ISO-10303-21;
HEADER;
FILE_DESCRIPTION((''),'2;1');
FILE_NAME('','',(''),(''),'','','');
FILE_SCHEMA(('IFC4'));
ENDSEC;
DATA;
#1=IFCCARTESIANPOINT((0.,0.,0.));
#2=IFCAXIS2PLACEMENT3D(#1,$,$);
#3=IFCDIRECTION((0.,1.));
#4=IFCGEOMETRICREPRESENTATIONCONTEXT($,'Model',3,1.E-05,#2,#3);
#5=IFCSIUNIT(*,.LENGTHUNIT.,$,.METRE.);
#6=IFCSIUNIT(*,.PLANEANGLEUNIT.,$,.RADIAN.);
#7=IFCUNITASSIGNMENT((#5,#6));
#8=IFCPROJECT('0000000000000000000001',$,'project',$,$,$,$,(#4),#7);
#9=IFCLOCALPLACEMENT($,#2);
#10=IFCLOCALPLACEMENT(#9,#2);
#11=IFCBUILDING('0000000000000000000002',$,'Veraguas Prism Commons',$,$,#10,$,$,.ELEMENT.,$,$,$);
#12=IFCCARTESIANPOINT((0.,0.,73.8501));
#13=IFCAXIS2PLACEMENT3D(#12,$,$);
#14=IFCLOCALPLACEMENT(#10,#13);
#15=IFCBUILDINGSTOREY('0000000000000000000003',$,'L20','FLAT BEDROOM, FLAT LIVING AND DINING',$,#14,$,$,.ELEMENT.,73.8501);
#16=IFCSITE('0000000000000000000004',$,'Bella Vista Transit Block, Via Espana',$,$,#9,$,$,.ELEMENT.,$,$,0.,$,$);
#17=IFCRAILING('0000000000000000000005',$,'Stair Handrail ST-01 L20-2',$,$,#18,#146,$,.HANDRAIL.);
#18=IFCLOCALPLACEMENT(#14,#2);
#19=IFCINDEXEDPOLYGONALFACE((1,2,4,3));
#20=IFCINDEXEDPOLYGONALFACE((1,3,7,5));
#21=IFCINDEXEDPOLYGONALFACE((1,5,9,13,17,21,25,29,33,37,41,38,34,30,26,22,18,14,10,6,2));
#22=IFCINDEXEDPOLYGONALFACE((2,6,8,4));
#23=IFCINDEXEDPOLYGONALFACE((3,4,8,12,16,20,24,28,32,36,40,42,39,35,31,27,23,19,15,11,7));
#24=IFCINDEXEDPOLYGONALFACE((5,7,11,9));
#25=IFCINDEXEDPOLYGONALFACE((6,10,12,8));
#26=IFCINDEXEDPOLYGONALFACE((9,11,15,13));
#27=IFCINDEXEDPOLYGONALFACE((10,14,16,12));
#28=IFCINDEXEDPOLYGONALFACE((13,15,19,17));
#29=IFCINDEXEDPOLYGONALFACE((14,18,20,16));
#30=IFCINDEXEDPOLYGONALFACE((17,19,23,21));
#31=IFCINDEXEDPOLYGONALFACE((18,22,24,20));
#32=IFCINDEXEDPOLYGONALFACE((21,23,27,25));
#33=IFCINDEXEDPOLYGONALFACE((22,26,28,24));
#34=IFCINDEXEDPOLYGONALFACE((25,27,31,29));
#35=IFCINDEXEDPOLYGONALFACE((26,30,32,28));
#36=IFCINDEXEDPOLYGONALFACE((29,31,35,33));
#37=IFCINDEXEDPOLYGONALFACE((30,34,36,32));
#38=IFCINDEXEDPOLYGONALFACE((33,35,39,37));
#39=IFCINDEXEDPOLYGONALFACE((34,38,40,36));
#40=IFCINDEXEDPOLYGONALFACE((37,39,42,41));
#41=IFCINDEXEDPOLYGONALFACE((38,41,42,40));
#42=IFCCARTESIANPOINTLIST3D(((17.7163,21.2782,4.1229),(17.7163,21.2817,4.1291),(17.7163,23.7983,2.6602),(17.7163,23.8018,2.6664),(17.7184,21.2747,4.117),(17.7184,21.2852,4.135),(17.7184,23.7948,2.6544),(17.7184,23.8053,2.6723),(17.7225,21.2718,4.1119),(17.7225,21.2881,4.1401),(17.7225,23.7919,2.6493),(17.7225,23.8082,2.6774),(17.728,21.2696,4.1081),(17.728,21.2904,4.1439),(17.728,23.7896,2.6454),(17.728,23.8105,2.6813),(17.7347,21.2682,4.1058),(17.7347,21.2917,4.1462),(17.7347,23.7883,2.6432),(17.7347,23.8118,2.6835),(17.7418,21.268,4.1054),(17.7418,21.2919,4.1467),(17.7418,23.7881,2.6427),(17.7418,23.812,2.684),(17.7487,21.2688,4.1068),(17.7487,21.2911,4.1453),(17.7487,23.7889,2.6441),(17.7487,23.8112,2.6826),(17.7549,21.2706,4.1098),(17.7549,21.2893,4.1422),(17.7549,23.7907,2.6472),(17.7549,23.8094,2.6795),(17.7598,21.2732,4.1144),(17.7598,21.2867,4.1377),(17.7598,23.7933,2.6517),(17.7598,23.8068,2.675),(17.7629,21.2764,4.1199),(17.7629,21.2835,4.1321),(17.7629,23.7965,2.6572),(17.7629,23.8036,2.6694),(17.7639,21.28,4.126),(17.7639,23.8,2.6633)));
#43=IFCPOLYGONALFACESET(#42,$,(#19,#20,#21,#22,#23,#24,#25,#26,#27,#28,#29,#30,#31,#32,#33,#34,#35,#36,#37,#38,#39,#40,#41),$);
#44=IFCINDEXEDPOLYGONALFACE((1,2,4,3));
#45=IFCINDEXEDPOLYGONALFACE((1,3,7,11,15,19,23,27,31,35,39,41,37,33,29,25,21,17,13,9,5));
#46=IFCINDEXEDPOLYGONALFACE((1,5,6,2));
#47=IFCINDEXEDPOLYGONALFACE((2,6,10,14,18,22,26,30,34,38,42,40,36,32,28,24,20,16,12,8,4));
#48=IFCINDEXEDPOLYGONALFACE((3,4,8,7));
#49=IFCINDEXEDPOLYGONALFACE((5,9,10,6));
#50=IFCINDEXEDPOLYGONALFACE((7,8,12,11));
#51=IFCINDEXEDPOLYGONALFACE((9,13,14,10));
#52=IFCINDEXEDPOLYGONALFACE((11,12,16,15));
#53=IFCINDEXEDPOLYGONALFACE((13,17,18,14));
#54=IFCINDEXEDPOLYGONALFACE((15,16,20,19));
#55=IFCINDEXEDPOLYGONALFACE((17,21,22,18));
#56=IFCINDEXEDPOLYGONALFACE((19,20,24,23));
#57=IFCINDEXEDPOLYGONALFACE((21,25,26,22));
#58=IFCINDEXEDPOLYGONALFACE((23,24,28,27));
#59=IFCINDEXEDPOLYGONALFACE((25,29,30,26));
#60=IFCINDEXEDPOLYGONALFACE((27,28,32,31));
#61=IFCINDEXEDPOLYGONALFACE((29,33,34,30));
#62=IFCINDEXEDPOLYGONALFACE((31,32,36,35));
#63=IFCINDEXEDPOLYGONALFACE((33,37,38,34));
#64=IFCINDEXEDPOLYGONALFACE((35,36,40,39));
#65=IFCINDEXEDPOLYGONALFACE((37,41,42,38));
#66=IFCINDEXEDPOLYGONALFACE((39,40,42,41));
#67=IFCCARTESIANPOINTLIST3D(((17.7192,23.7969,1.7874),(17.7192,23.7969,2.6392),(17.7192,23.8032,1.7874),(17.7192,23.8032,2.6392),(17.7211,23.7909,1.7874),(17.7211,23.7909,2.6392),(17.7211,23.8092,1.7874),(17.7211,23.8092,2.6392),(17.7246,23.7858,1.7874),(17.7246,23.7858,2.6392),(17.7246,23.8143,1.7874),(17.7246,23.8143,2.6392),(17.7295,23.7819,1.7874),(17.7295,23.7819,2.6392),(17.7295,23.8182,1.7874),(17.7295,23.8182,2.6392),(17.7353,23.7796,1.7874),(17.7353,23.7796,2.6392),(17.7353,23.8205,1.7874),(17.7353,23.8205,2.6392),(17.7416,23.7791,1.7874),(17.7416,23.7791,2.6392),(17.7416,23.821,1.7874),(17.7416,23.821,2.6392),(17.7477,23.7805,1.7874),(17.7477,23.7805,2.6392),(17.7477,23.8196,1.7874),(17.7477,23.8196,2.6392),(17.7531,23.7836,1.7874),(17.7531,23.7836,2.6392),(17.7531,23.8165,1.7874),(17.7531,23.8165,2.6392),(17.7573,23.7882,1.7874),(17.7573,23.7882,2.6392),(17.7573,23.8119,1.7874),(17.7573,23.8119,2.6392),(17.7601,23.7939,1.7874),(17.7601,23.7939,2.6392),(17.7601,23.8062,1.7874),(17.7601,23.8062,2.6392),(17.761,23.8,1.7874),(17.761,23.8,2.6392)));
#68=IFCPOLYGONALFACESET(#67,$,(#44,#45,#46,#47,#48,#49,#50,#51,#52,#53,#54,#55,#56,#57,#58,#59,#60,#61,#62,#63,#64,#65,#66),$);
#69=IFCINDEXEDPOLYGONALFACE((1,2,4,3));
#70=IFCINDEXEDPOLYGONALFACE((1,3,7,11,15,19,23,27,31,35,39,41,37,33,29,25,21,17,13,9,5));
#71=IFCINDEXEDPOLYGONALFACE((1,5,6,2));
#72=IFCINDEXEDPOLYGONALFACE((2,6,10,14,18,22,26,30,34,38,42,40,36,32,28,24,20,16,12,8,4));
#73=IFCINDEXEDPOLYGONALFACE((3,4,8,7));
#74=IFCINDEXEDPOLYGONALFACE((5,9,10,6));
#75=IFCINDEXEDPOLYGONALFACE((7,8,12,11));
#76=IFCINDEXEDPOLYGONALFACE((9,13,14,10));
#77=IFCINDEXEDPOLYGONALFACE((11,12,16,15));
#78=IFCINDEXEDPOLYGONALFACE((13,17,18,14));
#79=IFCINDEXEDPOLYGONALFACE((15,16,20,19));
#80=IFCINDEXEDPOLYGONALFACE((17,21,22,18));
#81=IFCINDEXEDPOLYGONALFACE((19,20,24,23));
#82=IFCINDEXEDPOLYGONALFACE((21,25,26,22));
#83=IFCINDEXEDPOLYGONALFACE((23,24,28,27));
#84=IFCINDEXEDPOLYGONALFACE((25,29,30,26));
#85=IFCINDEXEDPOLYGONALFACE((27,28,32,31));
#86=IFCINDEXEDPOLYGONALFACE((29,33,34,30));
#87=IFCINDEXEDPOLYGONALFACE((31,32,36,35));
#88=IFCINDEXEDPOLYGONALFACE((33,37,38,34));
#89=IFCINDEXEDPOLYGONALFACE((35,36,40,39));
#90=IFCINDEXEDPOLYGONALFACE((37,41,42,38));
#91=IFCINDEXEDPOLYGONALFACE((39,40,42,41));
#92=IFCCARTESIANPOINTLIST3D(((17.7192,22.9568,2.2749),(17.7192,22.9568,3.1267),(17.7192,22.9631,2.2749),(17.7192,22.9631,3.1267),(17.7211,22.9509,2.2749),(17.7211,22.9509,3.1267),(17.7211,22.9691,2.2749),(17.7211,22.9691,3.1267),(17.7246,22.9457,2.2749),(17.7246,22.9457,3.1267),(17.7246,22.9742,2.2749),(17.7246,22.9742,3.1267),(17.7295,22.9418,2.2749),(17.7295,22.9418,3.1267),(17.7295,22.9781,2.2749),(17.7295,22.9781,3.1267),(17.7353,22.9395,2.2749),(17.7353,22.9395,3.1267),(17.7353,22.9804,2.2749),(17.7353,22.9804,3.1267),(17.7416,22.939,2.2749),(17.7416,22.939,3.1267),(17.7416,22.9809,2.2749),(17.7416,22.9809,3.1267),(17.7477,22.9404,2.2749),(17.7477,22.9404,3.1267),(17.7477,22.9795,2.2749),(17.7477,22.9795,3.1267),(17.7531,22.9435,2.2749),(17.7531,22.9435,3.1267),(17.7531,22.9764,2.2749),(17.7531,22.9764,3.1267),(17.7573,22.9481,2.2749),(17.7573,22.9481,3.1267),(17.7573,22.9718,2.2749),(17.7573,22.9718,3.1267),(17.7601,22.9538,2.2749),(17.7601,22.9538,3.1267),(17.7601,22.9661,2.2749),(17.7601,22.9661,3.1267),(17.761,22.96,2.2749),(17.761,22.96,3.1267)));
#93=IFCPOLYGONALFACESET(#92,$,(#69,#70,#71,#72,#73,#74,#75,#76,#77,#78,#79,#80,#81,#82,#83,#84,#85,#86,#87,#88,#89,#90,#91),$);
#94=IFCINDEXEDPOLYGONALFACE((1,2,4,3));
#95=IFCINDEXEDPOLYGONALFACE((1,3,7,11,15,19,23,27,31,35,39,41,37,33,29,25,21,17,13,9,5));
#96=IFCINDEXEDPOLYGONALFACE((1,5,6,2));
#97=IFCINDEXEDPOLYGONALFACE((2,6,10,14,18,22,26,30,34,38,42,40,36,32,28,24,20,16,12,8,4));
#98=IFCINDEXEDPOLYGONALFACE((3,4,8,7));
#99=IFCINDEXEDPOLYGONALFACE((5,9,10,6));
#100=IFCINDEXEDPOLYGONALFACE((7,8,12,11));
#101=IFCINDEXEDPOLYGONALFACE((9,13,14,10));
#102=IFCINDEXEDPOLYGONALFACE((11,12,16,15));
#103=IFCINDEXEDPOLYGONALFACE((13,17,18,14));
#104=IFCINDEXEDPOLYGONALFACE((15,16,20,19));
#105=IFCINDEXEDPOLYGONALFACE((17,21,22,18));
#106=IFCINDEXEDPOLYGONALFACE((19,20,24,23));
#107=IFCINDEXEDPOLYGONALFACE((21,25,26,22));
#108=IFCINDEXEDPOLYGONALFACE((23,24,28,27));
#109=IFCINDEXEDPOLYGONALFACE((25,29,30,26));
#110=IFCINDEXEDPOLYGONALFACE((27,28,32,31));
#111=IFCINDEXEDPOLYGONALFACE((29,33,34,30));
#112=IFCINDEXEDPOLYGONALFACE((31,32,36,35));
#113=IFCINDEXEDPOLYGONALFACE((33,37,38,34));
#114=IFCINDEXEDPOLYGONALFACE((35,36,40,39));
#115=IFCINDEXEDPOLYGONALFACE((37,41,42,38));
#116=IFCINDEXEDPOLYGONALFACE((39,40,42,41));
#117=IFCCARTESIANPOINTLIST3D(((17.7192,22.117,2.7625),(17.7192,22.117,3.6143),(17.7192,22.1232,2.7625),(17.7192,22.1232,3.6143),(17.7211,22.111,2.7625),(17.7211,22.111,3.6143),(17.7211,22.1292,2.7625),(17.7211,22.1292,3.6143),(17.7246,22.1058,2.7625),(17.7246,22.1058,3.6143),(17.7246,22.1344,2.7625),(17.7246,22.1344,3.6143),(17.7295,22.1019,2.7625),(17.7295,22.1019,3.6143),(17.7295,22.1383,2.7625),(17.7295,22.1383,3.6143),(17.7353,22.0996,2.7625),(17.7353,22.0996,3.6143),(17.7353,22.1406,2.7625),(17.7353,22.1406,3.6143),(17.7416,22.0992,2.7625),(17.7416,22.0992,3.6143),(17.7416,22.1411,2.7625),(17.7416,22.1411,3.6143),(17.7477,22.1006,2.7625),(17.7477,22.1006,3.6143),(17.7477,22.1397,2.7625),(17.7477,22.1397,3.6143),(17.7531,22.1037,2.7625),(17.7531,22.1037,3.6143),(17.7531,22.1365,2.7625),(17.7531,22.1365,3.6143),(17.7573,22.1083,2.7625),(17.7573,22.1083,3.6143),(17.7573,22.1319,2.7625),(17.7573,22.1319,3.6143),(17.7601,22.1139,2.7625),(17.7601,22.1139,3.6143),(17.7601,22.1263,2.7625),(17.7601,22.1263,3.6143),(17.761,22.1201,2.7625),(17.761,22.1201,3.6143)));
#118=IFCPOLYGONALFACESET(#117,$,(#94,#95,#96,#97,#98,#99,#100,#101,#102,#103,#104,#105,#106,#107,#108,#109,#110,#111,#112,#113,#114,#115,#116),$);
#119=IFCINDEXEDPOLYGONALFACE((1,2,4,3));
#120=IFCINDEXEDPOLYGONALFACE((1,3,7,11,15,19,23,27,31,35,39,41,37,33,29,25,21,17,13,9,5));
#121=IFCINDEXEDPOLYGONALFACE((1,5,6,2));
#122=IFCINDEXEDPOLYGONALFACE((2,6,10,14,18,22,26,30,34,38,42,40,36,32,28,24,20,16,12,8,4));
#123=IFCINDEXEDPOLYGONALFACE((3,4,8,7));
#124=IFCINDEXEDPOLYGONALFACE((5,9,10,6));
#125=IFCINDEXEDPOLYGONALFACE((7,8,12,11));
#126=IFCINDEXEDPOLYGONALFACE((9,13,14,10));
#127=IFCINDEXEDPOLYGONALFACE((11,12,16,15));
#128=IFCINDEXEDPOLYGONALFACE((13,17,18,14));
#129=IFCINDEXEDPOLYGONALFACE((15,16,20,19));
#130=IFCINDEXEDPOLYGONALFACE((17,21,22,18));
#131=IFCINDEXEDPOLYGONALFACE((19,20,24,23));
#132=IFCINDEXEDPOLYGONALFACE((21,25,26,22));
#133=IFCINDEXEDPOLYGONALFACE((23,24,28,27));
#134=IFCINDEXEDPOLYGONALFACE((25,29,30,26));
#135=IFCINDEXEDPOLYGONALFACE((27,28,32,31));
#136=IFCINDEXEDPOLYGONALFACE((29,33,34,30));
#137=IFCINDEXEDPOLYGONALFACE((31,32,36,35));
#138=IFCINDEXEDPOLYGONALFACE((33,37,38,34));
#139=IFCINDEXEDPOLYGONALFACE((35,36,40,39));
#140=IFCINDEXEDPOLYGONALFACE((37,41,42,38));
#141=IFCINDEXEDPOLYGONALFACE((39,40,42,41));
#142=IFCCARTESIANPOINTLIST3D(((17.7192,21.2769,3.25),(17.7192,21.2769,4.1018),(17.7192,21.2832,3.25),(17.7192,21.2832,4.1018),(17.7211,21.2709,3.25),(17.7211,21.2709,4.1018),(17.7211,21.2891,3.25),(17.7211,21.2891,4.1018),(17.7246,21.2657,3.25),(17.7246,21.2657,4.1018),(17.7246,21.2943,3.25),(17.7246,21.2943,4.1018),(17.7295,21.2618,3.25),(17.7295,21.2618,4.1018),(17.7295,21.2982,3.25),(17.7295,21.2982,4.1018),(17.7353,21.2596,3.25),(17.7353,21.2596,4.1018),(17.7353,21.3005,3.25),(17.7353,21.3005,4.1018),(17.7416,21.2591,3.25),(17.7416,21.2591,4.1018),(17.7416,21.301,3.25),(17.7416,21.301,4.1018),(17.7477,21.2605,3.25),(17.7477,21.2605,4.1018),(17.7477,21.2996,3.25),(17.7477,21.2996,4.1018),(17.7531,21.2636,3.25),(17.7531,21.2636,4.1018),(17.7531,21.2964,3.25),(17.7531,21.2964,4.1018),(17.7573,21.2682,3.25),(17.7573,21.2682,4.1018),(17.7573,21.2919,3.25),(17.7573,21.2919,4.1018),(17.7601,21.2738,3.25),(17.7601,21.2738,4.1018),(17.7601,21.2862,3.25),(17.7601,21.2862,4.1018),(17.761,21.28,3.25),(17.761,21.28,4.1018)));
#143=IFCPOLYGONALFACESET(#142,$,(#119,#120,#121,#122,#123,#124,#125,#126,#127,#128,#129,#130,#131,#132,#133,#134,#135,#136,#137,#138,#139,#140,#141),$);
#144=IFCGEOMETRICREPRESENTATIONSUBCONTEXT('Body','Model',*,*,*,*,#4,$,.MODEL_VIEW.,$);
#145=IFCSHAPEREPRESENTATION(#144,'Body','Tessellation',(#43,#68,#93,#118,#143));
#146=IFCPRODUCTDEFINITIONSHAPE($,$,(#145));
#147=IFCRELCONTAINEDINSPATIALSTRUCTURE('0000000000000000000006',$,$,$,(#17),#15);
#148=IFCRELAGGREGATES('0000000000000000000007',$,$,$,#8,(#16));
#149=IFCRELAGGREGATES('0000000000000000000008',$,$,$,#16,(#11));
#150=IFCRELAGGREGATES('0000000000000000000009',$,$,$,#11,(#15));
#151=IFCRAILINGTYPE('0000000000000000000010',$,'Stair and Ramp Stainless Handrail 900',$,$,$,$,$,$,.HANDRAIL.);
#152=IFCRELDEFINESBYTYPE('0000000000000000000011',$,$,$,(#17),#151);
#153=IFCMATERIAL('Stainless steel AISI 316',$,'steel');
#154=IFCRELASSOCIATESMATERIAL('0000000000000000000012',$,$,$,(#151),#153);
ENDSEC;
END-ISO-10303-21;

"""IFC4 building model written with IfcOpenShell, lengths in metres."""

from ifc_helpers import new_model, si_unit, direction, frame, origin, origin_2d, place, context, subcontext, project, spatial, circle, extrude, material, type_object, element, save


model = new_model("IFC4")

# Units and contexts
model_context = context("Model", 3, precision=1e-05, world=origin(), true_north=direction((0.0, 1.0)))
body_context = subcontext(model_context, "Body", "Model", "MODEL_VIEW")
ifc_project = project(units=[si_unit("LENGTHUNIT", "METRE"), si_unit("PLANEANGLEUNIT", "RADIAN")], contexts=[model_context])

# Site, building, storey
site_placement = place(None, origin())
site = spatial("IfcSite", under=ifc_project, at=site_placement, Name="Bella Vista Transit Block, Via Espana", CompositionType="ELEMENT", RefElevation=0.0)
building_placement = place(site_placement, origin())
building = spatial("IfcBuilding", under=site, at=building_placement, Name="Veraguas Prism Commons", CompositionType="ELEMENT")
storey_placement = place(building_placement, frame((0.0, 0.0, 73.8501)))
storey = spatial("IfcBuildingStorey", under=building, at=storey_placement, Name="L20", Description="FLAT BEDROOM, FLAT LIVING AND DINING", CompositionType="ELEMENT", Elevation=73.8501)

# Railing
ifc_material_1 = material(Name="Stainless steel AISI 316", Category="steel")
railing_type_1 = type_object("IfcRailingType", Name="Stair and Ramp Stainless Handrail 900", PredefinedType="HANDRAIL", material=ifc_material_1)
railing_1_placement = place(storey_placement, frame((17.74, 23.8, 1.7874)))
element("IfcRailing", 1, at=railing_1_placement, inside=storey, type_object=railing_type_1, Name="Stair Handrail ST-01 L20-2", PredefinedType="HANDRAIL", context=body_context, shape_type="SweptSolid", body=[
    extrude(circle(Radius=0.0239, at=origin_2d()), frame((0.0, 0.0, 0.876), z_axis=(0.0, -0.864877, 0.501984), x_axis=(1.0, 0.0, 0.0)), (0.0, 0.0, 1.0), 2.9138),
    extrude(circle(Radius=0.021, at=origin_2d()), origin(), (0.0, 0.0, 1.0), 0.8518),
    extrude(circle(Radius=0.021, at=origin_2d()), frame((0.0, -0.8401, 0.4875)), (0.0, 0.0, 1.0), 0.8518),
    extrude(circle(Radius=0.021, at=origin_2d()), frame((0.0, -1.6799, 0.9751)), (0.0, 0.0, 1.0), 0.8518),
    extrude(circle(Radius=0.021, at=origin_2d()), frame((0.0, -2.52, 1.4626)), (0.0, 0.0, 1.0), 0.8518),
])

save(model, "model.ifc")
